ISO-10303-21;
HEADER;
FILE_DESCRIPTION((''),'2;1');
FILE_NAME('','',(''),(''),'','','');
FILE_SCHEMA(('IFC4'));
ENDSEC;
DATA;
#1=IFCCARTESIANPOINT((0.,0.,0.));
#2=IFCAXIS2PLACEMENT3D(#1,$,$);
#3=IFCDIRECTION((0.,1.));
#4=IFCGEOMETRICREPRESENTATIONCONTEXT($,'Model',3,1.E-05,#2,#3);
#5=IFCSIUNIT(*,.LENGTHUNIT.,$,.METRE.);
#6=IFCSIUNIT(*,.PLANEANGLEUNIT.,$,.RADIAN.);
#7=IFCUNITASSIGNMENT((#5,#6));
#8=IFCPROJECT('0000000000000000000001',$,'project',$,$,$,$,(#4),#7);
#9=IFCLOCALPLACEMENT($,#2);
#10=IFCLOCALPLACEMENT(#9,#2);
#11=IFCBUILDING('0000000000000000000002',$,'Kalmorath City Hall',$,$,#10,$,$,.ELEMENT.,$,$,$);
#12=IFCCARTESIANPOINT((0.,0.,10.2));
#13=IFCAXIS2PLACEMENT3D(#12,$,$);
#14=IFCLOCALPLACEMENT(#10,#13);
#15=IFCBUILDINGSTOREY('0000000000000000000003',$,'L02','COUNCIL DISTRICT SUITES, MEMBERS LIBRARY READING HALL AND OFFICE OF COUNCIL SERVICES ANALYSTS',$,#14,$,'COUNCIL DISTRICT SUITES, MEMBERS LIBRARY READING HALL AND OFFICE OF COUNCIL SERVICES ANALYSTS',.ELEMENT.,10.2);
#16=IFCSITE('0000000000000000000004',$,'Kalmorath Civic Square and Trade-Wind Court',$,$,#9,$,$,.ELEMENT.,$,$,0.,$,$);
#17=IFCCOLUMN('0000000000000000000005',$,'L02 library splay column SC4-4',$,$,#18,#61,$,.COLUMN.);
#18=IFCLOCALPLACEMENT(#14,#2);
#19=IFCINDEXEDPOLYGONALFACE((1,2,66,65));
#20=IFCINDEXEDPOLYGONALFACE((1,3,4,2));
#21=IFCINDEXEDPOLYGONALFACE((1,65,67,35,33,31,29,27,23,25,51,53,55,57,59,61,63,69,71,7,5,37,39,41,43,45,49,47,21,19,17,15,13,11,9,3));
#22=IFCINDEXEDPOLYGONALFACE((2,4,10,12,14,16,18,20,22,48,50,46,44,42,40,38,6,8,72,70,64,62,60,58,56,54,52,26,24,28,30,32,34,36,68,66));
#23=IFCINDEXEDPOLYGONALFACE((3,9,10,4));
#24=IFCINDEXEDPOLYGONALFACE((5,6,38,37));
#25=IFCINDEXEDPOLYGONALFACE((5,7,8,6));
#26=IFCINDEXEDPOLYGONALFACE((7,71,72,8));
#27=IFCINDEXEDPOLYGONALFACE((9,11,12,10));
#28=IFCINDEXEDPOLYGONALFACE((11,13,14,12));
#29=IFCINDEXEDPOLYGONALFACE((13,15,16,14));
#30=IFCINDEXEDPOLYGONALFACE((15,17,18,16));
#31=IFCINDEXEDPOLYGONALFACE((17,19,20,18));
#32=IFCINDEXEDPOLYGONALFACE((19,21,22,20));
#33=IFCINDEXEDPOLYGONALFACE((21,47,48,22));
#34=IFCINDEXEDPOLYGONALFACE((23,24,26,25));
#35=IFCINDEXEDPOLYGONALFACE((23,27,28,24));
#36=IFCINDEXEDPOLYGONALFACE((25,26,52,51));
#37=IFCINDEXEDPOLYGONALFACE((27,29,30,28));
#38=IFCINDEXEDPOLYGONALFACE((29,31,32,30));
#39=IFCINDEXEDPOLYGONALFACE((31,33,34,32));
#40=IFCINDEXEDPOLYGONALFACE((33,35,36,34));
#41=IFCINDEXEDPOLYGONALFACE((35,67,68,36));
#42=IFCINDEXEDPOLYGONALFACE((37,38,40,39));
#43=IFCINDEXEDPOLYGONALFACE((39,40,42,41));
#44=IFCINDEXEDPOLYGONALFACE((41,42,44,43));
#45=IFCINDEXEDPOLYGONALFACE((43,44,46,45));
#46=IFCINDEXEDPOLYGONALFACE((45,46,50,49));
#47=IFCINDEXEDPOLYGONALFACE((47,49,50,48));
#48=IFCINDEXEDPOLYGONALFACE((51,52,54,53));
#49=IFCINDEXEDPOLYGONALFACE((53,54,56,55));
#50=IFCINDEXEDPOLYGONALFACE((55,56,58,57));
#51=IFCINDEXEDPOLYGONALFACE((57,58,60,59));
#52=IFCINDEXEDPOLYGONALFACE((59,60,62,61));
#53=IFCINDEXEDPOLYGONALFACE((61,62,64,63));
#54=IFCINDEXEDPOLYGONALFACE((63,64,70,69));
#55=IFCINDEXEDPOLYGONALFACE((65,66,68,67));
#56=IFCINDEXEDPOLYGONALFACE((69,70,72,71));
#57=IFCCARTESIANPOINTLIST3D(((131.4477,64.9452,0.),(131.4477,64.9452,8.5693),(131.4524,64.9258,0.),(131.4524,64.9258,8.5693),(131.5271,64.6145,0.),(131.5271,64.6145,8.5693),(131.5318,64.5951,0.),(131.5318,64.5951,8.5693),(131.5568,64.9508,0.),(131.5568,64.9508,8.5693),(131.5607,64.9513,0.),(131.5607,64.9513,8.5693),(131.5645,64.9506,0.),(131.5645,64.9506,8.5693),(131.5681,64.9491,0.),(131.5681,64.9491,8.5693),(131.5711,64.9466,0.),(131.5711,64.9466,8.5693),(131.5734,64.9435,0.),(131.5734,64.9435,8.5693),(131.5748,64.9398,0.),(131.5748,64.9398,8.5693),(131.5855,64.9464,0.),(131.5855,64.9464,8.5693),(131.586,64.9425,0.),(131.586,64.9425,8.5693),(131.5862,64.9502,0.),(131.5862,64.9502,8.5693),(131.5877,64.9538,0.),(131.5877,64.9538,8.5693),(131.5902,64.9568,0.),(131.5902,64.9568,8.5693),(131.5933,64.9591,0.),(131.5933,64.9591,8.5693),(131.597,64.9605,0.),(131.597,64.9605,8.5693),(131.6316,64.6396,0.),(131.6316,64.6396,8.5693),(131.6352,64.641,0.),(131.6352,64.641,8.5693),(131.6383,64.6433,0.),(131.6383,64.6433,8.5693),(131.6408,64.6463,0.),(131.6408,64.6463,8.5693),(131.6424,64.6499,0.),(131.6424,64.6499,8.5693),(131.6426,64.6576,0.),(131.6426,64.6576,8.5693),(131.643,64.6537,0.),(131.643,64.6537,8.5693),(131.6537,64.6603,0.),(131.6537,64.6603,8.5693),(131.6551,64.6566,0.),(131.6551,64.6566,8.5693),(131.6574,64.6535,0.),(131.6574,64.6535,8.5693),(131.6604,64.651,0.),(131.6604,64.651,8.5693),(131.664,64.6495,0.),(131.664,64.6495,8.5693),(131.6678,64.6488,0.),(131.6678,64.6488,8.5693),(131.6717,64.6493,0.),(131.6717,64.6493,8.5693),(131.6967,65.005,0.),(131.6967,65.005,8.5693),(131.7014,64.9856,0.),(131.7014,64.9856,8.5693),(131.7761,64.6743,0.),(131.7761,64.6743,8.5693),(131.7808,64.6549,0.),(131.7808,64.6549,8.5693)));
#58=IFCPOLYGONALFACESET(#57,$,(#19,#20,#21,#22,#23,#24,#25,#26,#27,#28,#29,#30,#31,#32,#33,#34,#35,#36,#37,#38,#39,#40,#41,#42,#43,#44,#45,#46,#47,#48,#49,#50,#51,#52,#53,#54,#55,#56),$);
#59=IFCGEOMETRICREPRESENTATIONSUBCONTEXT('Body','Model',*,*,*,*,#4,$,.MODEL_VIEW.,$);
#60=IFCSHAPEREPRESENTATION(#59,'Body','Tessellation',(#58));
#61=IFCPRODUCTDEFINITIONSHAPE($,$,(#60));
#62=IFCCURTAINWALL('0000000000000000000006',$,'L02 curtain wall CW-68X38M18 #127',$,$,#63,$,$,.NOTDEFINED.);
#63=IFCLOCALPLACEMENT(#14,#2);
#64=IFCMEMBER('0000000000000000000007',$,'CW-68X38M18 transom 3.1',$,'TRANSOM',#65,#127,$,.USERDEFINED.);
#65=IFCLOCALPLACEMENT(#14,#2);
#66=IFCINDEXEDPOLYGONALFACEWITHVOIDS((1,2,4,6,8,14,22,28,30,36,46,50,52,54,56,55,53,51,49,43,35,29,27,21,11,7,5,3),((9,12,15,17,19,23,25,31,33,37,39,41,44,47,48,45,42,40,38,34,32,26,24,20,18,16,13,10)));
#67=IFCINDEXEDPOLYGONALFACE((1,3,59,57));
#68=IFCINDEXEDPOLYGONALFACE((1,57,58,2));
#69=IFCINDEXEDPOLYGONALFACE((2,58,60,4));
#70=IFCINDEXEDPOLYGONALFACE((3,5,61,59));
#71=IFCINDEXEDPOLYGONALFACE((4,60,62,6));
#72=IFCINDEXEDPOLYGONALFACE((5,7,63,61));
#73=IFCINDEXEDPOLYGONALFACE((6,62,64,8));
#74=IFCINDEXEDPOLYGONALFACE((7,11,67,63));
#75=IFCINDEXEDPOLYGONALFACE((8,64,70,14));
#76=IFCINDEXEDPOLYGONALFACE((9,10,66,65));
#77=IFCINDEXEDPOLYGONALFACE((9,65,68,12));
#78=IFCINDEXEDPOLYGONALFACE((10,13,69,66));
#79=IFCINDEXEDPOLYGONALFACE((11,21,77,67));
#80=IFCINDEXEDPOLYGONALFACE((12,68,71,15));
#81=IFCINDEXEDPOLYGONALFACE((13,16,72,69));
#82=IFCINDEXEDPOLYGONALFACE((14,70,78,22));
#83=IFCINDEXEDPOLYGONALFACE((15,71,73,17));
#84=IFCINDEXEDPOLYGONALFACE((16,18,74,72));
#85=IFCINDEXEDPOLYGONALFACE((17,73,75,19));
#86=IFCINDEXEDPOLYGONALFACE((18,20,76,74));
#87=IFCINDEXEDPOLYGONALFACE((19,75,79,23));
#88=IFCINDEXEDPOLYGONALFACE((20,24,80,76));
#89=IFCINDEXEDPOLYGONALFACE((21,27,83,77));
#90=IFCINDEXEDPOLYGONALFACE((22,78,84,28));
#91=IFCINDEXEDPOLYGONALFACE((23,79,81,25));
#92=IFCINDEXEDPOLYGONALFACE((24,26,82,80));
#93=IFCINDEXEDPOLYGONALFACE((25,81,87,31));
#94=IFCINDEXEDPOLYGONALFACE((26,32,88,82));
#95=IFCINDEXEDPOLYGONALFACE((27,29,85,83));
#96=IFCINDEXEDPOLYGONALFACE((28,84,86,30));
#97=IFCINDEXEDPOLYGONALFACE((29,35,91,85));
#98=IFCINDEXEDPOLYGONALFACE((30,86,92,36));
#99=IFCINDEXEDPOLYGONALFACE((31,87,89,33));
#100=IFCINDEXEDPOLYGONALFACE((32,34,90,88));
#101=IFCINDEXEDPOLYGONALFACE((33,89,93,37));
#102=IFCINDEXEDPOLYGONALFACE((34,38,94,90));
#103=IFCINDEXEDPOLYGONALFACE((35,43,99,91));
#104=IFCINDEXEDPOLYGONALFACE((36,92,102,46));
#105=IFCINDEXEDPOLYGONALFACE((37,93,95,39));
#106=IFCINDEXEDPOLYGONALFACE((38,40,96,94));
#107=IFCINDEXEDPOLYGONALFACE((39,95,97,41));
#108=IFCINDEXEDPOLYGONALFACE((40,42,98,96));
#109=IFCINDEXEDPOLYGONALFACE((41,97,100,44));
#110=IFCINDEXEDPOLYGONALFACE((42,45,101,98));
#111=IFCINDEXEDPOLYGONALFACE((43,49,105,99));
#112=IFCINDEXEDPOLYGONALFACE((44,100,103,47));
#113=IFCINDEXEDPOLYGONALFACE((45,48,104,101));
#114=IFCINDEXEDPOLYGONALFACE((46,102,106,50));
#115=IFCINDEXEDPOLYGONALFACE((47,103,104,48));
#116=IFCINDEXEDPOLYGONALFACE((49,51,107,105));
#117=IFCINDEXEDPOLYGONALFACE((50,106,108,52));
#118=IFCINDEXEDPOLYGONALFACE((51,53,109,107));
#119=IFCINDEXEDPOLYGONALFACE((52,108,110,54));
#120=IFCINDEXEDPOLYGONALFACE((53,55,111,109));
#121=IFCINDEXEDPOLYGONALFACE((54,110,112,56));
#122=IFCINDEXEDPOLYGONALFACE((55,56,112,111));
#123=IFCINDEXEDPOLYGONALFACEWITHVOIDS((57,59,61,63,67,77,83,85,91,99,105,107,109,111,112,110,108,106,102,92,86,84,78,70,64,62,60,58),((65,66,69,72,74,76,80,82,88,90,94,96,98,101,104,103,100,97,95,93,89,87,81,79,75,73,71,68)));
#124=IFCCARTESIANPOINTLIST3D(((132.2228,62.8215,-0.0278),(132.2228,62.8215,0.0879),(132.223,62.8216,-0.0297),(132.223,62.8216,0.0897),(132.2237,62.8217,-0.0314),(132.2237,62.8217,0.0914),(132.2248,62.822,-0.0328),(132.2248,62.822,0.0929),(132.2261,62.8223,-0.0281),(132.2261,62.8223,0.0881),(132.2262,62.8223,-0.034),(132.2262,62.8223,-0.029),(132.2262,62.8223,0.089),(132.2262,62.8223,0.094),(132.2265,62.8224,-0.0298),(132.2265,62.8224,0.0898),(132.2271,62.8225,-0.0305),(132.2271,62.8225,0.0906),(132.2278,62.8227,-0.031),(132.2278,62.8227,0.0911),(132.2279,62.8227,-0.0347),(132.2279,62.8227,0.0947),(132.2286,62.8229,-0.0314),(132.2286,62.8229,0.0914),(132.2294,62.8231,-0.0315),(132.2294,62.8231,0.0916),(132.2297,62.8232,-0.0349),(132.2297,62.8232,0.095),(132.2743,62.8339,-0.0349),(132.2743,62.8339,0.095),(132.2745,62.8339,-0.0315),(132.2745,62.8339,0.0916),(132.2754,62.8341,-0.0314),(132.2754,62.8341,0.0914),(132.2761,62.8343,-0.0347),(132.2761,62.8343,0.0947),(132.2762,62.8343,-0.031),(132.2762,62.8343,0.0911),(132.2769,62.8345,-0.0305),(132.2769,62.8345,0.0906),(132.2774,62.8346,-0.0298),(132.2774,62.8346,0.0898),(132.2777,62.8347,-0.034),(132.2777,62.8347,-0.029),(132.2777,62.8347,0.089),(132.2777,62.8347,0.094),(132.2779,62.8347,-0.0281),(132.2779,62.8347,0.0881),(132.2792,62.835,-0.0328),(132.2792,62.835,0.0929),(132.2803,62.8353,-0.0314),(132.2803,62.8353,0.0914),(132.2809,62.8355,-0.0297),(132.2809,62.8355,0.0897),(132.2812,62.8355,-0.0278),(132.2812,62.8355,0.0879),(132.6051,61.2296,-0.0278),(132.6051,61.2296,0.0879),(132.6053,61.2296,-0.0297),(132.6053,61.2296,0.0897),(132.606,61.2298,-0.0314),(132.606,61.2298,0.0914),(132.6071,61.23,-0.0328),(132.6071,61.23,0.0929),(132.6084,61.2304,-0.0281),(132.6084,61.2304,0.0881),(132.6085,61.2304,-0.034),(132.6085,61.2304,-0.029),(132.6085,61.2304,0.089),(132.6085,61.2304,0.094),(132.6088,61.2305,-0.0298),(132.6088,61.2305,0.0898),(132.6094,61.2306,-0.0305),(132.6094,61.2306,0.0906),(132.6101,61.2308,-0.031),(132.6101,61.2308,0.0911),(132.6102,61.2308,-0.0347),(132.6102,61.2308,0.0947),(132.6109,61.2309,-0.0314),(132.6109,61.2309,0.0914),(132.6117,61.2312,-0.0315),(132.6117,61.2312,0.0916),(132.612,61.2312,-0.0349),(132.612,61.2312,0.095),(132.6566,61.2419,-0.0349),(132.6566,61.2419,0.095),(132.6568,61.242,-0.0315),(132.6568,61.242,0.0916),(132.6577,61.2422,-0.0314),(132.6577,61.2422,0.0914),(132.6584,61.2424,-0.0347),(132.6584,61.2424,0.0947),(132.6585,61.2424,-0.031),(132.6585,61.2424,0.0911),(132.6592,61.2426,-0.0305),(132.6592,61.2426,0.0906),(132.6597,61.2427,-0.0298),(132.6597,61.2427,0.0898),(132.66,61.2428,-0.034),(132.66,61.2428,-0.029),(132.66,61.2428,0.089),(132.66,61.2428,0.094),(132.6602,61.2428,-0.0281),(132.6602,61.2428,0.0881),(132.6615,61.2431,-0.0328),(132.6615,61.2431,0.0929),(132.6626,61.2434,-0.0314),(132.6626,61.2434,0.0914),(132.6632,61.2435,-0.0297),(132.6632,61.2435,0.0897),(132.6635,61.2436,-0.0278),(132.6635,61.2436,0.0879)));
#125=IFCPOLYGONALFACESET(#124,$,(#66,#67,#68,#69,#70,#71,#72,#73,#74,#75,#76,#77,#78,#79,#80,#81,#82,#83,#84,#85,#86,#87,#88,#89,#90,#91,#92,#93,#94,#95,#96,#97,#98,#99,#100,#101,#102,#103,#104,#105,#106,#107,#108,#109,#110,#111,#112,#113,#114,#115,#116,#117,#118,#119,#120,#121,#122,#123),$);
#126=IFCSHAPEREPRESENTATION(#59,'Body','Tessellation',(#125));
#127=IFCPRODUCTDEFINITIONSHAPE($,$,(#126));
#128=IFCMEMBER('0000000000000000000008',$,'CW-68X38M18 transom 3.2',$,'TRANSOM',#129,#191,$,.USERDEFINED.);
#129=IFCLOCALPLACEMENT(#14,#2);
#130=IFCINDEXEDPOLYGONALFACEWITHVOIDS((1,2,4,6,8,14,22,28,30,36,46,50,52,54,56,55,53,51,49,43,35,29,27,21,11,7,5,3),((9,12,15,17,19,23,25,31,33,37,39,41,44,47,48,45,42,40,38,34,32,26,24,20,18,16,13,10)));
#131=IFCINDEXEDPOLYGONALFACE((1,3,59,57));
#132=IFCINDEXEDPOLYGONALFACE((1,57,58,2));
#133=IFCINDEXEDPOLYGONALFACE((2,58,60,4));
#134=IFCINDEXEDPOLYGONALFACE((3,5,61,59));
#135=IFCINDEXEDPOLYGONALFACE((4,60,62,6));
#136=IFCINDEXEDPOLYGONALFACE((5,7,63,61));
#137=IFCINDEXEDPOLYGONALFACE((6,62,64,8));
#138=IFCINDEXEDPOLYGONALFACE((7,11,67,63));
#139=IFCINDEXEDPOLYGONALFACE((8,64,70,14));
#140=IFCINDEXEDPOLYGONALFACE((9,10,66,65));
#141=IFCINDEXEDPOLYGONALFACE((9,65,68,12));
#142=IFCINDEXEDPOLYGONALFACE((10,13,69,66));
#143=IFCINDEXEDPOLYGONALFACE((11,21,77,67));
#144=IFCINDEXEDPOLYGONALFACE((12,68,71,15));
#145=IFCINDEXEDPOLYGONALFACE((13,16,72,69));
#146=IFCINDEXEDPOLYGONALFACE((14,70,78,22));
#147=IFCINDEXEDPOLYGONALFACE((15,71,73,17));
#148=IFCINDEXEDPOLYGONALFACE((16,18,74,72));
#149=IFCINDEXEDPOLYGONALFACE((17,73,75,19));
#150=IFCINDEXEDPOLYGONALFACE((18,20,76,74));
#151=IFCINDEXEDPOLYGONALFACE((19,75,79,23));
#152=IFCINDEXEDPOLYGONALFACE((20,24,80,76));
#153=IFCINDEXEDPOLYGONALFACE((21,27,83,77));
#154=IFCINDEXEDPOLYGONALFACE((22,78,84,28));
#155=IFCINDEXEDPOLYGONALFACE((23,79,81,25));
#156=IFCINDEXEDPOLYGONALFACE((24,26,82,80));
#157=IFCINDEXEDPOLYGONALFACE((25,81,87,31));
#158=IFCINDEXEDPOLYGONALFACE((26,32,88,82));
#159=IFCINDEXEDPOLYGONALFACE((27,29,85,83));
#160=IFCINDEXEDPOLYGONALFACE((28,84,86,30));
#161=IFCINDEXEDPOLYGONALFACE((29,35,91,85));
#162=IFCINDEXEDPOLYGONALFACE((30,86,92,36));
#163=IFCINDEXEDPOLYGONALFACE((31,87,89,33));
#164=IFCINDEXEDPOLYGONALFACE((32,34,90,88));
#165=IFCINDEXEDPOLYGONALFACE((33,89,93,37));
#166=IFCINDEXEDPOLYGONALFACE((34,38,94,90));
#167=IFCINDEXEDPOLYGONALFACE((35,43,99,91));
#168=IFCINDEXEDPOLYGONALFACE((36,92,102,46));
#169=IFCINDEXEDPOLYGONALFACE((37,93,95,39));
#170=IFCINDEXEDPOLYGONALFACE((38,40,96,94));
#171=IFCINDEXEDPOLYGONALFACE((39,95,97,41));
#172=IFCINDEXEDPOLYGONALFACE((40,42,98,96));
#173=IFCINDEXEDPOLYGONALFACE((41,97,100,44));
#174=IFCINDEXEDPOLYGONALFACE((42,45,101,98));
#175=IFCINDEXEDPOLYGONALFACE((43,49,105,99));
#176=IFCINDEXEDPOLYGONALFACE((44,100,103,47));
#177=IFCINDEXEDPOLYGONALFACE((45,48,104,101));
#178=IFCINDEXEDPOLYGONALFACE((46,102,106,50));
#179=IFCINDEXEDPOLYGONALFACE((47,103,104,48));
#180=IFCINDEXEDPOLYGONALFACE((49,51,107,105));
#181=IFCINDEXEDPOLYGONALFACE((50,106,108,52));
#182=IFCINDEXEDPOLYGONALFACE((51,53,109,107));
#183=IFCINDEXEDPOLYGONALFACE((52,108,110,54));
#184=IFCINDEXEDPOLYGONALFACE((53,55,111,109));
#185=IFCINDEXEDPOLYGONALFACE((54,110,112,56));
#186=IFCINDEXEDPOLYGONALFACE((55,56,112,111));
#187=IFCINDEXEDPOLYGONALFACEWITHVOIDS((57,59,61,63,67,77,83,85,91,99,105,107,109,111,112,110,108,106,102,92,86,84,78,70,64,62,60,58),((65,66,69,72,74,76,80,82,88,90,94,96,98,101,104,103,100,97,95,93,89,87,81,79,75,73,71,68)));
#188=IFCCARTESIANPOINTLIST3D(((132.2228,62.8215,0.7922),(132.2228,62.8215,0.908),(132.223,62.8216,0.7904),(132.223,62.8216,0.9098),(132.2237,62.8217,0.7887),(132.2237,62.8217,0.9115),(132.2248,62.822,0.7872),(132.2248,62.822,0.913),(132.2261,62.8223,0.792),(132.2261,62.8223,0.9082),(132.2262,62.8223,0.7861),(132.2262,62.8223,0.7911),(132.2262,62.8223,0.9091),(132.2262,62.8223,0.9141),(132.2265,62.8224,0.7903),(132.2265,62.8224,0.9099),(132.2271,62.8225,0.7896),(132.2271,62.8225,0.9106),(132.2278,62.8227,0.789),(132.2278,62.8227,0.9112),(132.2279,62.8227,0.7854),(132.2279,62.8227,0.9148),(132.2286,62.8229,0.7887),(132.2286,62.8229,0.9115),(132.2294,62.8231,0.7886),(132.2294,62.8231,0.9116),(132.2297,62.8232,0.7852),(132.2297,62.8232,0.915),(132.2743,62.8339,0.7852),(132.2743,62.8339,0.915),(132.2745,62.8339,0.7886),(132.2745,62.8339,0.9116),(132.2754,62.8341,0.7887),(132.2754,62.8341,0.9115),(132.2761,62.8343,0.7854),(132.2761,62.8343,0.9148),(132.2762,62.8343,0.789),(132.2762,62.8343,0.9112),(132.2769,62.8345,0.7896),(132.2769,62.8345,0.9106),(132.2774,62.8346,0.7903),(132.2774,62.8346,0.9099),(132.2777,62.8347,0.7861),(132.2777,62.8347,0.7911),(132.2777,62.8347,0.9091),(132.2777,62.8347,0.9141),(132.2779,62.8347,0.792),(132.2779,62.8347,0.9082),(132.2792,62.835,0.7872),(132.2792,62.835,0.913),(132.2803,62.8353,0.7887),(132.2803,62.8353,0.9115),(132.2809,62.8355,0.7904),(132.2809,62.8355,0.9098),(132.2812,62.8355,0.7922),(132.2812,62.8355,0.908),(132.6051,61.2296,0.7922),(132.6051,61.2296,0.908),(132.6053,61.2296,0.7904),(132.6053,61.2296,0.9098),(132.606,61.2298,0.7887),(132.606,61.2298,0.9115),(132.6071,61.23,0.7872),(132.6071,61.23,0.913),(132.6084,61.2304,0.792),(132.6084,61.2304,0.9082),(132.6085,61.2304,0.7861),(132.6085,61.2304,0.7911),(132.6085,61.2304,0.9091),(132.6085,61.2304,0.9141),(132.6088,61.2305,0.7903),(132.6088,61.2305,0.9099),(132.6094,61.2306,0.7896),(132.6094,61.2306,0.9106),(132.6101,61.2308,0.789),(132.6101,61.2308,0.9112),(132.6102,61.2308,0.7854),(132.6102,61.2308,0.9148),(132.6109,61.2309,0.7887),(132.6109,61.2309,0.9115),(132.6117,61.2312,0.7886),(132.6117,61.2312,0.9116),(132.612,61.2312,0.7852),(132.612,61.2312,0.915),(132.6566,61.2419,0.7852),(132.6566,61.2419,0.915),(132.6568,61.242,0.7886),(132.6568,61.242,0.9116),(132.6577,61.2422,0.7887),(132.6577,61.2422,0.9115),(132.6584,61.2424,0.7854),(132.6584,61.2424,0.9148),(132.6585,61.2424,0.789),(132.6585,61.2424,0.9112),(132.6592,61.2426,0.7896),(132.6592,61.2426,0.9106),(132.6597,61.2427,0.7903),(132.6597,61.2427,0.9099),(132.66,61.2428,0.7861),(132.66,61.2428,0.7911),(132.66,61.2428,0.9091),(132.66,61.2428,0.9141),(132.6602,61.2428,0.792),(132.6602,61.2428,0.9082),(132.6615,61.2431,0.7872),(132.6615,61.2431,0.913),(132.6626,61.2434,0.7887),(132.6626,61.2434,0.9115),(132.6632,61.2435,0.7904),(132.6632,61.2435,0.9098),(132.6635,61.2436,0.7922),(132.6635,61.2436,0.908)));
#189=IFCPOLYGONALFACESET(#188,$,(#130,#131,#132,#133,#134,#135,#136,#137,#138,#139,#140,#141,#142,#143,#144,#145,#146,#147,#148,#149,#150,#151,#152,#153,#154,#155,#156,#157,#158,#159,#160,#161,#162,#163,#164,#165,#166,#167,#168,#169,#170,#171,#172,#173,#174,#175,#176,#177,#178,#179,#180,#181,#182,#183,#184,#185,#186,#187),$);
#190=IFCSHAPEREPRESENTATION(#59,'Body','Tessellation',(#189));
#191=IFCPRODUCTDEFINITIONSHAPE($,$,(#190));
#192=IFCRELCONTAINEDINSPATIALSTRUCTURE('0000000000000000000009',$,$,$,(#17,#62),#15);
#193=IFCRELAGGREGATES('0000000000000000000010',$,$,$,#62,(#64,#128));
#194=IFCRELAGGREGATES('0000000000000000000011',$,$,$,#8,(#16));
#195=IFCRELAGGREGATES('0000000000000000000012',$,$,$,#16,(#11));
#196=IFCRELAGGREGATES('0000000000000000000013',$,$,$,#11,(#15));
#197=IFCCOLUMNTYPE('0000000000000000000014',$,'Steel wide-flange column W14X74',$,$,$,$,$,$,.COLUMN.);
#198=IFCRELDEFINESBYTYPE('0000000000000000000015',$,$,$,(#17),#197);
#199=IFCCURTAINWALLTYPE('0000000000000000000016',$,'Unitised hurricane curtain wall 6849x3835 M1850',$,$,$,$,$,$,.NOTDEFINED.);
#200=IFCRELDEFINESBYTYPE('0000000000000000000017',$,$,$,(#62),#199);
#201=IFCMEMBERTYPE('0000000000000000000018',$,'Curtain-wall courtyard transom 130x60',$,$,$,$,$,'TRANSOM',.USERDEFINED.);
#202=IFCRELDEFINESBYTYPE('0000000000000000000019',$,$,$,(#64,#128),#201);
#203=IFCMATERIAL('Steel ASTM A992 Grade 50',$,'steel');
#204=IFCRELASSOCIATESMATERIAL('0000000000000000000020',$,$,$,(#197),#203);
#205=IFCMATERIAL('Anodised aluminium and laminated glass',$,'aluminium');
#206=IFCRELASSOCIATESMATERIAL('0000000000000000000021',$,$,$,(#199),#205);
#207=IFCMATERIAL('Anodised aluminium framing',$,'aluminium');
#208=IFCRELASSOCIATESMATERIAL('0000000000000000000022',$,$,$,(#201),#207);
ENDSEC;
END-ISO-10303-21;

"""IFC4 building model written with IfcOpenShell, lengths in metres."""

from ifc_helpers import new_model, si_unit, direction, frame, origin, origin_2d, place, context, subcontext, project, spatial, hollow_rectangle, i_section, extrude, material, material_profile, profile_set, type_object, element, aggregate, save


model = new_model("IFC4")

# Units and contexts
model_context = context("Model", 3, precision=1e-05, world=origin(), true_north=direction((0.0, 1.0)))
body_context = subcontext(model_context, "Body", "Model", "MODEL_VIEW")
ifc_project = project(units=[si_unit("LENGTHUNIT", "METRE"), si_unit("PLANEANGLEUNIT", "RADIAN")], contexts=[model_context])

# Site, building, storey
site_placement = place(None, origin())
site = spatial("IfcSite", under=ifc_project, at=site_placement, Name="Kalmorath Civic Square and Trade-Wind Court", CompositionType="ELEMENT", RefElevation=0.0)
building_placement = place(site_placement, origin())
building = spatial("IfcBuilding", under=site, at=building_placement, Name="Kalmorath City Hall", CompositionType="ELEMENT")
storey_placement = place(building_placement, frame((0.0, 0.0, 10.2)))
storey = spatial("IfcBuildingStorey", under=building, at=storey_placement, Name="L02", Description="COUNCIL DISTRICT SUITES, MEMBERS LIBRARY READING HALL AND OFFICE OF COUNCIL SERVICES ANALYSTS", LongName="COUNCIL DISTRICT SUITES, MEMBERS LIBRARY READING HALL AND OFFICE OF COUNCIL SERVICES ANALYSTS", CompositionType="ELEMENT", Elevation=10.2)

# Column
ifc_material_1 = material(Name="Steel ASTM A992 Grade 50", Category="steel")
ifc_material_profile_1 = material_profile(ifc_material_1, i_section(OverallWidth=0.2561, OverallDepth=0.3601, WebThickness=0.0115, FlangeThickness=0.02, FilletRadius=0.0149, at=origin_2d()), Name="W14X74")
ifc_profile_set_1 = profile_set([ifc_material_profile_1], Name="Steel ASTM A992 Grade 50")
column_type = type_object("IfcColumnType", Name="Steel wide-flange column W14X74", PredefinedType="COLUMN", material=ifc_profile_set_1)
column_placement = place(storey_placement, frame((131.6143, 64.8, 0.0), z_axis=(0.0, 0.0, 1.0), x_axis=(0.97237, 0.233445, 0.0)))
element("IfcColumn", 1, at=column_placement, inside=storey, type_object=column_type, Name="L02 library splay column SC4-4", PredefinedType="COLUMN", context=body_context, shape_type="SweptSolid", body=[
    extrude(i_section(OverallWidth=0.2561, OverallDepth=0.3601, WebThickness=0.0115, FlangeThickness=0.02, FilletRadius=0.0149, at=origin_2d()), origin(), (0.0, 0.0, 1.0), 8.5693),
])

# Curtain wall, members
ifc_material_2 = material(Name="Anodised aluminium and laminated glass", Category="aluminium")
curtain_wall_type = type_object("IfcCurtainWallType", Name="Unitised hurricane curtain wall 6849x3835 M1850", PredefinedType="NOTDEFINED", material=ifc_material_2)
curtain_wall_1_placement = place(storey_placement, origin())
curtain_wall_1 = element("IfcCurtainWall", 2, at=curtain_wall_1_placement, inside=storey, type_object=curtain_wall_type, Name="L02 curtain wall CW-68X38M18 #127", PredefinedType="NOTDEFINED")
ifc_material_3 = material(Name="Anodised aluminium framing", Category="aluminium")
ifc_material_profile_2 = material_profile(ifc_material_3, hollow_rectangle(XDim=0.0601, YDim=0.1299, WallThickness=0.0034, InnerFilletRadius=0.0034, OuterFilletRadius=0.0071, at=origin_2d()), Name="ALU-TRN-130X60X3.5")
ifc_profile_set_2 = profile_set([ifc_material_profile_2], Name="Anodised aluminium framing")
member_type_1 = type_object("IfcMemberType", Name="Curtain-wall courtyard transom 130x60", ElementType="TRANSOM", PredefinedType="USERDEFINED", material=ifc_profile_set_2)
member_1_placement = place(storey_placement, frame((132.6343, 61.2366, 0.03), z_axis=(-0.233508, 0.972355, 0.0), x_axis=(-0.972355, -0.233508, 0.0)))
member_1 = element("IfcMember", 3, at=member_1_placement, type_object=member_type_1, Name="CW-68X38M18 transom 3.1", ObjectType="TRANSOM", PredefinedType="USERDEFINED", context=body_context, shape_type="SweptSolid", body=[
    extrude(hollow_rectangle(XDim=0.0601, YDim=0.1299, WallThickness=0.0034, InnerFilletRadius=0.0034, OuterFilletRadius=0.0071, at=origin_2d()), origin(), (0.0, 0.0, 1.0), 1.6372),
])
member_2_placement = place(storey_placement, frame((132.6343, 61.2366, 0.8501), z_axis=(-0.233508, 0.972355, 0.0), x_axis=(-0.972355, -0.233508, 0.0)))
member_2 = element("IfcMember", 4, at=member_2_placement, type_object=member_type_1, Name="CW-68X38M18 transom 3.2", ObjectType="TRANSOM", PredefinedType="USERDEFINED", context=body_context, shape_type="SweptSolid", body=[
    extrude(hollow_rectangle(XDim=0.0601, YDim=0.1299, WallThickness=0.0034, InnerFilletRadius=0.0034, OuterFilletRadius=0.0071, at=origin_2d()), origin(), (0.0, 0.0, 1.0), 1.6372),
])

aggregate(curtain_wall_1, [member_1, member_2])

save(model, "model.ifc")
